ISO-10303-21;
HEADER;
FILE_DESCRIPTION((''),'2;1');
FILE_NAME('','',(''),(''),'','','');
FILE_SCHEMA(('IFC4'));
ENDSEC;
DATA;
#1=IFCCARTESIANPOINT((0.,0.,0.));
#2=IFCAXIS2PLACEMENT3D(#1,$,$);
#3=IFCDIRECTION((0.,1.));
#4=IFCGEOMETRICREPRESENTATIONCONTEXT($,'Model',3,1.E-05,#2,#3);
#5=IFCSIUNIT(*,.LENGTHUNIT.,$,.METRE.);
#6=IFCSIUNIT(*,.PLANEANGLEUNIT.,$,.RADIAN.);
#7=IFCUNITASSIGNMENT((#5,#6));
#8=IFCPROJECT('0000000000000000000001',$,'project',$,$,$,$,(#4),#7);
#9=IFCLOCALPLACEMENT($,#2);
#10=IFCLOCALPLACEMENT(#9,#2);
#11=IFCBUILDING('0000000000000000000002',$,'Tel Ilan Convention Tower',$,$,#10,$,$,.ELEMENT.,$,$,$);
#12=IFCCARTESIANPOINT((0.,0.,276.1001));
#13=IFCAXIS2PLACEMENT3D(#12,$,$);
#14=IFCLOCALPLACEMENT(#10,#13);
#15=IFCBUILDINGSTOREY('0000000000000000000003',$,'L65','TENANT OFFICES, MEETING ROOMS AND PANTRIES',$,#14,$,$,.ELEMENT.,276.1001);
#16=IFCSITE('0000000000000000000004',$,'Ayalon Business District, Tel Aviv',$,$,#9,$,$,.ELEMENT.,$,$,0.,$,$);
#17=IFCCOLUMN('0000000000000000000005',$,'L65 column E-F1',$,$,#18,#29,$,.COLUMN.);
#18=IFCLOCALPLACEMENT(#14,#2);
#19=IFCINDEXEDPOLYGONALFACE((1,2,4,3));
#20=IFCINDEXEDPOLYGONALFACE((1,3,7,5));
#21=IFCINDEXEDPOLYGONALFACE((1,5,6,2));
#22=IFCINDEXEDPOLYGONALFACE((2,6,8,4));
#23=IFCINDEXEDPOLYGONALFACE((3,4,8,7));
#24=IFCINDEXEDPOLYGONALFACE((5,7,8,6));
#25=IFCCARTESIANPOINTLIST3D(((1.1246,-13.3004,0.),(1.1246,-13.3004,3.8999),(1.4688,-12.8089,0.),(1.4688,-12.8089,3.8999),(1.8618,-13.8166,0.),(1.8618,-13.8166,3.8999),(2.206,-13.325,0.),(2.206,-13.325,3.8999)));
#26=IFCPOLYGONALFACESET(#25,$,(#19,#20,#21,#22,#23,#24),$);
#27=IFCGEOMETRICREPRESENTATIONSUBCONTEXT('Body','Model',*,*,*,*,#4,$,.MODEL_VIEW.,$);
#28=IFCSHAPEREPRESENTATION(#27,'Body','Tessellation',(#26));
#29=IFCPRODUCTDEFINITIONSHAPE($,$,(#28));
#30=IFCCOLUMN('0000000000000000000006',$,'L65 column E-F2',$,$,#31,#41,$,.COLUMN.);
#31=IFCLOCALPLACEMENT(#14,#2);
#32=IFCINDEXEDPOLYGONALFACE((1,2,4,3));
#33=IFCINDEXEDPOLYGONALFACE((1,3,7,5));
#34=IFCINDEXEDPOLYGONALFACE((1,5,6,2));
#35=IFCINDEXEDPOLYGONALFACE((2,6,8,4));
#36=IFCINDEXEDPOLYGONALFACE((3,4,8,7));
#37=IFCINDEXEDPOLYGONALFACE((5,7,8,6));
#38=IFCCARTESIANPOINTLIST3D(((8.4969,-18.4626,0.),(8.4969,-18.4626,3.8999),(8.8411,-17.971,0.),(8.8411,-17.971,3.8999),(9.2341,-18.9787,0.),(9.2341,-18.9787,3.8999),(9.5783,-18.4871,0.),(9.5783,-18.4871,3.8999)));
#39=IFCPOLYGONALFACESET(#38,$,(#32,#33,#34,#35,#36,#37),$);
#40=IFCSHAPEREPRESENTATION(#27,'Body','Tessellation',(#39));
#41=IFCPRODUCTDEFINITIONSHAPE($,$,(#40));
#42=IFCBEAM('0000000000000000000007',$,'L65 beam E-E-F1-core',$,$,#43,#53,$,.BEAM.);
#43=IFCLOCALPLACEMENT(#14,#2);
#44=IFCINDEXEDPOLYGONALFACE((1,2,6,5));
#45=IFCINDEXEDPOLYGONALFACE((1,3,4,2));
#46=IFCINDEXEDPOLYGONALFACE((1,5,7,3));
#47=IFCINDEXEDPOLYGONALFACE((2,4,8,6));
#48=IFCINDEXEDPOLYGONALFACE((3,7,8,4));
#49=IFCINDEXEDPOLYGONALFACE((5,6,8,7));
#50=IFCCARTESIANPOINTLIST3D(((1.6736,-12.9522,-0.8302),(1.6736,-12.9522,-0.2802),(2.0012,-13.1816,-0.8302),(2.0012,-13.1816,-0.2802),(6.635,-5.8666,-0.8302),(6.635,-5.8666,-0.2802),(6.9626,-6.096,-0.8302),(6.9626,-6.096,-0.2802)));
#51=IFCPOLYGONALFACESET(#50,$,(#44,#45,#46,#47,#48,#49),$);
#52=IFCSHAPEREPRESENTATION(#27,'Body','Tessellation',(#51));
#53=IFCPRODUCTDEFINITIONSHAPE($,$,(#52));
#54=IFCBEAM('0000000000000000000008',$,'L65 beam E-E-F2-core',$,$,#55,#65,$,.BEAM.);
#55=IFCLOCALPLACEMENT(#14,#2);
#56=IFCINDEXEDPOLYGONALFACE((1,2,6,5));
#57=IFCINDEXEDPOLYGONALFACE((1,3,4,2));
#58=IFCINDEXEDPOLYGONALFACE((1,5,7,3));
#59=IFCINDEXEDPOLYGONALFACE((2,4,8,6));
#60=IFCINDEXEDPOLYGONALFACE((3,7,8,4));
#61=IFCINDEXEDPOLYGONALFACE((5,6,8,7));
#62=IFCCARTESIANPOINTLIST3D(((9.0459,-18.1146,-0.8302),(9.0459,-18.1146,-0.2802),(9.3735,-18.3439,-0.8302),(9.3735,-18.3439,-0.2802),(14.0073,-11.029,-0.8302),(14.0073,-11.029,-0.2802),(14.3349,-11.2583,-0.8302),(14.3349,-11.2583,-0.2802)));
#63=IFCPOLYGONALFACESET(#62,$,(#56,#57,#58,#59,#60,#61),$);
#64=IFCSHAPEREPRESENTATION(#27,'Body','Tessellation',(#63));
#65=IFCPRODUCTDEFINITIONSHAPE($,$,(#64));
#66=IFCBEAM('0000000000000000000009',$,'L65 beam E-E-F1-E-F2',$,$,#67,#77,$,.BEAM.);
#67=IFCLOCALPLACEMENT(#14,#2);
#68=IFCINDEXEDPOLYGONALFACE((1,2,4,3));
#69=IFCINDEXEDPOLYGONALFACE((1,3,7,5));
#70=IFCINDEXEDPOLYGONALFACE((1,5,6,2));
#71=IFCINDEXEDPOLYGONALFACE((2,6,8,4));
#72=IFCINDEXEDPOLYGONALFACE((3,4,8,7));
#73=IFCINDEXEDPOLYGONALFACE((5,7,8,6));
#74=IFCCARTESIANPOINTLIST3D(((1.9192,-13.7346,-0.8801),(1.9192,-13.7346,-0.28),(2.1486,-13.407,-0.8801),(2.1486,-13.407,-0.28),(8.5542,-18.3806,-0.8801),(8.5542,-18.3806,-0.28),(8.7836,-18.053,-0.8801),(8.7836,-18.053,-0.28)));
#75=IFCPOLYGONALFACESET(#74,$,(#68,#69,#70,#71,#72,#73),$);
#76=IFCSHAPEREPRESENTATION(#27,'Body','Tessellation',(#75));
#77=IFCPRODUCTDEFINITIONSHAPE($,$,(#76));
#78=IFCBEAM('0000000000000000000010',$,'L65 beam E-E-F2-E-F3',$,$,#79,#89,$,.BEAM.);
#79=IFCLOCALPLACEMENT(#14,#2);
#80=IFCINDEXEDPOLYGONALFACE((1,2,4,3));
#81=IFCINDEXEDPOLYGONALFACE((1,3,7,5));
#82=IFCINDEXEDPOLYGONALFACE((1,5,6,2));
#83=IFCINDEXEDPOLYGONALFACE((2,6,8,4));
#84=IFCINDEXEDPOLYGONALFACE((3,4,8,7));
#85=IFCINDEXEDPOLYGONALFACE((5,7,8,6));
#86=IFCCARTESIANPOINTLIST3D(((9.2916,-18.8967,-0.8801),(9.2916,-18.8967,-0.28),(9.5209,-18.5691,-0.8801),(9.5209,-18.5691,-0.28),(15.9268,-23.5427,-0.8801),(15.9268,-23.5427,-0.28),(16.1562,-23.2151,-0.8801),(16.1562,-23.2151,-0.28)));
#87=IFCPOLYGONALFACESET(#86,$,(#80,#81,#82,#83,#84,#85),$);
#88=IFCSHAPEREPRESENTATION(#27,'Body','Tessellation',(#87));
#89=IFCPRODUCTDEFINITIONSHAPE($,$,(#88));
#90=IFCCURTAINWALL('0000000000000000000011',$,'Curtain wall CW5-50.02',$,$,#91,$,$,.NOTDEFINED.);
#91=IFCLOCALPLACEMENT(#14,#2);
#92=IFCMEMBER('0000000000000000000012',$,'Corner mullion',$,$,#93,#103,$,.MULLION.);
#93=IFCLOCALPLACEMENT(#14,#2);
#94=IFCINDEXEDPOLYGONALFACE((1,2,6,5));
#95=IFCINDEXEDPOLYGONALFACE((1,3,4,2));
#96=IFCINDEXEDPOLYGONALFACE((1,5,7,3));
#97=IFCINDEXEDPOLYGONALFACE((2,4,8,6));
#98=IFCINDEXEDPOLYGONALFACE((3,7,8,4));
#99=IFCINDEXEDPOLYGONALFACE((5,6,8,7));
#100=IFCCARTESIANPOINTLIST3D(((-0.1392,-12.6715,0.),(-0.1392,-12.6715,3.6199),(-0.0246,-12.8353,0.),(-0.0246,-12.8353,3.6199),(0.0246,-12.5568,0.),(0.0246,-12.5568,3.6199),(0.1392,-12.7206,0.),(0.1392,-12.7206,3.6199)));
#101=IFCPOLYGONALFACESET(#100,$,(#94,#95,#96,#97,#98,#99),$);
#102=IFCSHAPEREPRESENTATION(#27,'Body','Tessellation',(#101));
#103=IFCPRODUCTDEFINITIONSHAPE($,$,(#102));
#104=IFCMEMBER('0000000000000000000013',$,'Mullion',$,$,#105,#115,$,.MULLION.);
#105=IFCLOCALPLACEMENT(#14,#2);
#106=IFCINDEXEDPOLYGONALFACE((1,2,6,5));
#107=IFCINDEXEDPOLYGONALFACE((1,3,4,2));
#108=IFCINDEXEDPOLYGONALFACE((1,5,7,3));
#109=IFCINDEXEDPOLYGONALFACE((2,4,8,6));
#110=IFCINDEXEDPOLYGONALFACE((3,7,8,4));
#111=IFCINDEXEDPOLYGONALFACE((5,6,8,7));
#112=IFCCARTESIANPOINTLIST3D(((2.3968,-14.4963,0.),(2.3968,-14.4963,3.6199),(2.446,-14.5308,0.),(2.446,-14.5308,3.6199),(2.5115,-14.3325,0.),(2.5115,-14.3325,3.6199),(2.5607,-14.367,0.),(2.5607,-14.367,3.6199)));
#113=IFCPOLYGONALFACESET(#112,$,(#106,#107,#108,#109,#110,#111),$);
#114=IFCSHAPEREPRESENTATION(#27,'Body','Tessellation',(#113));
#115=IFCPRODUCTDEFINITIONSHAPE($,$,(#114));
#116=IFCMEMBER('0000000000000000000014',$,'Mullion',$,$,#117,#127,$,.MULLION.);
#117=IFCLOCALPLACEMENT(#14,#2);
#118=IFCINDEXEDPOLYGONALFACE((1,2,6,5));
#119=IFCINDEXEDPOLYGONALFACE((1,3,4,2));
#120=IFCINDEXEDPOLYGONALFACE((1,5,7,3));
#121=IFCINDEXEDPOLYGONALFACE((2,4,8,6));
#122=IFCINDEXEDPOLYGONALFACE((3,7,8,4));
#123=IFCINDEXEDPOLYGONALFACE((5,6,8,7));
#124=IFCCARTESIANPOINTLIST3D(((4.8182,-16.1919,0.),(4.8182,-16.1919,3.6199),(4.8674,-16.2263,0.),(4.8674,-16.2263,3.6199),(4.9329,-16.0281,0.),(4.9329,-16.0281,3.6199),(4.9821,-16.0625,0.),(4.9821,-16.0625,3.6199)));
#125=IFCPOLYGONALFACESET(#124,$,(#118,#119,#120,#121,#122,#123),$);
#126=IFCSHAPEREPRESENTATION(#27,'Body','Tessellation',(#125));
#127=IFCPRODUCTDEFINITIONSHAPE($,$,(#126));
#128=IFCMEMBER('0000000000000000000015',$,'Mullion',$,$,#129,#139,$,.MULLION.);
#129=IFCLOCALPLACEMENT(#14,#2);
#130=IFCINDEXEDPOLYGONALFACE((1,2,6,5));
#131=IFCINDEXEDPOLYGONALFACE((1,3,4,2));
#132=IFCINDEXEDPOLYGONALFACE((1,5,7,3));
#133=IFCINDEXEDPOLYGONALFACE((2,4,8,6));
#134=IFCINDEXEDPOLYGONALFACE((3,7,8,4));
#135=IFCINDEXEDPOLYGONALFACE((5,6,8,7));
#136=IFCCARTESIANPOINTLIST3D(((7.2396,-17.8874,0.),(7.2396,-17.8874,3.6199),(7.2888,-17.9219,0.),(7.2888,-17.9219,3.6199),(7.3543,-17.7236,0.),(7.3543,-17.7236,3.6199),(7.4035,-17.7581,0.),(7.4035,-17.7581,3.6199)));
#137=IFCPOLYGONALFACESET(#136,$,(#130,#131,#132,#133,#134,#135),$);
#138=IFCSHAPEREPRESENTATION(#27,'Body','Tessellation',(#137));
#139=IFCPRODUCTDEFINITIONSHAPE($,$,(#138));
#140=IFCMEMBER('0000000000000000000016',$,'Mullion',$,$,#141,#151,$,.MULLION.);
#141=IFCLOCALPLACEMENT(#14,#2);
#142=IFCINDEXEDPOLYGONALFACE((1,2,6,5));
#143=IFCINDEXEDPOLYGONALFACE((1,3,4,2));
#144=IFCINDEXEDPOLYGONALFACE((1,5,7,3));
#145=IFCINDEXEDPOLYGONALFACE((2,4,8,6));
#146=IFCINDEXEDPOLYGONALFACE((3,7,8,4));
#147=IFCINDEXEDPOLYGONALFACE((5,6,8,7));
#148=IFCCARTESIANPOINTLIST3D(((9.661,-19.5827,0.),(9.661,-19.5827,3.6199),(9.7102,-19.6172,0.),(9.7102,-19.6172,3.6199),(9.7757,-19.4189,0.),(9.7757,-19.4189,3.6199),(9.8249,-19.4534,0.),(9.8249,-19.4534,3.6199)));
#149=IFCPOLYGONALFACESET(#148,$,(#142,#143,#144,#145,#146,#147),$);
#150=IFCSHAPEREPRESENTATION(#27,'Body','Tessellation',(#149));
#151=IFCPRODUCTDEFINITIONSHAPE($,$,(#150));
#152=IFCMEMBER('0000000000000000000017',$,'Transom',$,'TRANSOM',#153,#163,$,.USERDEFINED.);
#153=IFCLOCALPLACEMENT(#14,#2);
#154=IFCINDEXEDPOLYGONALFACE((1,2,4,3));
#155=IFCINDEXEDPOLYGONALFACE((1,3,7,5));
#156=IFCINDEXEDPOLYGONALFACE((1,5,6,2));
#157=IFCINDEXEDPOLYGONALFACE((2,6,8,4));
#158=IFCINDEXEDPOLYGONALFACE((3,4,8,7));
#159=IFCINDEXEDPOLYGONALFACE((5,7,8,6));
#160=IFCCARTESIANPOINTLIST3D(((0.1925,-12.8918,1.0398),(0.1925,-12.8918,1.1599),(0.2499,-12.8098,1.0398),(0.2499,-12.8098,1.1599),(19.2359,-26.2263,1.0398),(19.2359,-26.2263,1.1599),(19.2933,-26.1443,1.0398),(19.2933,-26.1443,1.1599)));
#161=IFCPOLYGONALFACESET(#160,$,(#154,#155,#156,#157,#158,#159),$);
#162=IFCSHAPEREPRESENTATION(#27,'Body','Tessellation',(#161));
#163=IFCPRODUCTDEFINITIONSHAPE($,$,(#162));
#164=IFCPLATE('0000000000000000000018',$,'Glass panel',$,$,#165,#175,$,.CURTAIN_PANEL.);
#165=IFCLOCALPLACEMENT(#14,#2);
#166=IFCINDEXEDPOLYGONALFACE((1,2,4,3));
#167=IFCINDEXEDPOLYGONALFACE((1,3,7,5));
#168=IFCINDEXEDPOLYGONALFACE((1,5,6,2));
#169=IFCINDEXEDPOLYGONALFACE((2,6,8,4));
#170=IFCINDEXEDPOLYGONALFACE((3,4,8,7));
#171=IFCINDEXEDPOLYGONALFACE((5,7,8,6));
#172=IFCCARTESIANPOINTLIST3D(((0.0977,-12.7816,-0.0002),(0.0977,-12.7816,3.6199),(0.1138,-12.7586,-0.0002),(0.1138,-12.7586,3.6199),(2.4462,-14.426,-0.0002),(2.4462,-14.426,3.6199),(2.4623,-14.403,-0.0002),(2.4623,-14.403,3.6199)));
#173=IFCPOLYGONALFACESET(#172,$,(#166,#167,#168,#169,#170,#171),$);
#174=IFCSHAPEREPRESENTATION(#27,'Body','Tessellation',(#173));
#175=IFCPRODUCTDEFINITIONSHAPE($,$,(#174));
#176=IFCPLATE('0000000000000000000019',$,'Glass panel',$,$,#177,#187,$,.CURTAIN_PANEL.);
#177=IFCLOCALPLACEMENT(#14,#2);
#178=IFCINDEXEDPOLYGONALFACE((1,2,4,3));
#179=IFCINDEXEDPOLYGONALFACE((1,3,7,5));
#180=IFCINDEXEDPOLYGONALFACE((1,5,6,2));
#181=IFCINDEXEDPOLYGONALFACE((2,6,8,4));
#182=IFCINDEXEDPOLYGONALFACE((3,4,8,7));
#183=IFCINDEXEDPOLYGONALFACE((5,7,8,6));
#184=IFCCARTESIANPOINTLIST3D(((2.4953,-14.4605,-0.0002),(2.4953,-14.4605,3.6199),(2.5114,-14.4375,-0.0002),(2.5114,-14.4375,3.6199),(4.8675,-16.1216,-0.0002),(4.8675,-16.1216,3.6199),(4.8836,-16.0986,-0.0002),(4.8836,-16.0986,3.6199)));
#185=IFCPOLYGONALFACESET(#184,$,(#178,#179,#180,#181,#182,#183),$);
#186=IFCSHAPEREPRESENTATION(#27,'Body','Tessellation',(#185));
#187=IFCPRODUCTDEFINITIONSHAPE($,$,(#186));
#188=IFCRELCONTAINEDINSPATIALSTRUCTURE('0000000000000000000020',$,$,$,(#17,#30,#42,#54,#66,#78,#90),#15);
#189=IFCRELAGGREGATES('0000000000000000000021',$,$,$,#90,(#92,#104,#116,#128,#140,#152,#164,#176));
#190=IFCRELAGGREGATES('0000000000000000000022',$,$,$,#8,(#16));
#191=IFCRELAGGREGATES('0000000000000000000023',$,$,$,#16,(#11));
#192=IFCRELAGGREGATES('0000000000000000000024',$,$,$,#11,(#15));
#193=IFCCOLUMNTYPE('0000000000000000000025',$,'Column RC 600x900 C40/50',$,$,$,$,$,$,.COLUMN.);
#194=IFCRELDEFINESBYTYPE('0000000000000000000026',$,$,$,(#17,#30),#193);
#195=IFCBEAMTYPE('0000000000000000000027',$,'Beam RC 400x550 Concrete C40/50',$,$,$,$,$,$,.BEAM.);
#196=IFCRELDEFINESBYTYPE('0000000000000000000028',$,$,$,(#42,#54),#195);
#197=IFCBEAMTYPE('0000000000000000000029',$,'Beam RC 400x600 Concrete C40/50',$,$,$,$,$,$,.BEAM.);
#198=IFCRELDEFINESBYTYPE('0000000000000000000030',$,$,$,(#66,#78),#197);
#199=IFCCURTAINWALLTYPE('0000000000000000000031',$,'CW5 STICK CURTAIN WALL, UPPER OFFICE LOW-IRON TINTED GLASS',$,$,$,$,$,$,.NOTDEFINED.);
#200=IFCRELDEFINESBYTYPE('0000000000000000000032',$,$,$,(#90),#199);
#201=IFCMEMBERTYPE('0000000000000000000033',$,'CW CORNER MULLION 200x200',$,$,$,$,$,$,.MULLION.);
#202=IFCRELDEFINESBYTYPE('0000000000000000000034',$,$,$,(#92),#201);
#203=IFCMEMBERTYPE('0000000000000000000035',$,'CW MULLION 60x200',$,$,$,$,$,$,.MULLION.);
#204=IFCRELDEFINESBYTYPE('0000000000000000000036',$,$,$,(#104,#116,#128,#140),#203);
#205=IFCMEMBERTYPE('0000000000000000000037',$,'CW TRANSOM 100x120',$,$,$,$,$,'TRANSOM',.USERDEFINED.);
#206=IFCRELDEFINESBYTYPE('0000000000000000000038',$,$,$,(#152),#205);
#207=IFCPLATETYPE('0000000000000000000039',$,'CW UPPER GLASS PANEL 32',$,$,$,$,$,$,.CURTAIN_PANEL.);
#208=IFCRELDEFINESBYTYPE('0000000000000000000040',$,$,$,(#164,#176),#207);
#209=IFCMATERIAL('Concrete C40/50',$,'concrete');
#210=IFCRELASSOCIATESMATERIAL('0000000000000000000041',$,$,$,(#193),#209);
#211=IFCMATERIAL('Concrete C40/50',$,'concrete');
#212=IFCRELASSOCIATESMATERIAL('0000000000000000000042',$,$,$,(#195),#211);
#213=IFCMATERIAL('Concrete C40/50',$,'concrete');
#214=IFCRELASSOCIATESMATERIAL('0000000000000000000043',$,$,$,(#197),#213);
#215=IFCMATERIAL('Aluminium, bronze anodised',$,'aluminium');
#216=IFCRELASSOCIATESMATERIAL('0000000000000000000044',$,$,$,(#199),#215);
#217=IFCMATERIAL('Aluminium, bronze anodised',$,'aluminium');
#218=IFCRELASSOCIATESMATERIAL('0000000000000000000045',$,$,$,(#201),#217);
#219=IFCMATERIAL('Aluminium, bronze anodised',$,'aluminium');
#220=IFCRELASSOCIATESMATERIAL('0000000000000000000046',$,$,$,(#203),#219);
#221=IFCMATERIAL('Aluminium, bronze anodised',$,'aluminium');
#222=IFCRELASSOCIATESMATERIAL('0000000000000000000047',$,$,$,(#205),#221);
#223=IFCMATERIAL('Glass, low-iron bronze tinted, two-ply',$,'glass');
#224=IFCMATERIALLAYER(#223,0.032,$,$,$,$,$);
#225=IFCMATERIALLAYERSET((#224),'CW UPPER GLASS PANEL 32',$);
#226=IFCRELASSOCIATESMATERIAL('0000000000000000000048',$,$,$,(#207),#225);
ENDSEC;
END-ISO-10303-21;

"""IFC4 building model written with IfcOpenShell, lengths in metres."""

from ifc_helpers import new_model, si_unit, direction, frame, origin, origin_2d, place, context, subcontext, project, spatial, rectangle, extrude, material, layer, layer_set, material_profile, profile_set, type_object, element, aggregate, save


model = new_model("IFC4")

# Units and contexts
model_context = context("Model", 3, precision=1e-05, world=origin(), true_north=direction((0.0, 1.0)))
body_context = subcontext(model_context, "Body", "Model", "MODEL_VIEW")
ifc_project = project(units=[si_unit("LENGTHUNIT", "METRE"), si_unit("PLANEANGLEUNIT", "RADIAN")], contexts=[model_context])

# Site, building, storey
site_placement = place(None, origin())
site = spatial("IfcSite", under=ifc_project, at=site_placement, Name="Ayalon Business District, Tel Aviv", CompositionType="ELEMENT", RefElevation=0.0)
building_placement = place(site_placement, origin())
building = spatial("IfcBuilding", under=site, at=building_placement, Name="Tel Ilan Convention Tower", CompositionType="ELEMENT")
storey_placement = place(building_placement, frame((0.0, 0.0, 276.1001)))
storey = spatial("IfcBuildingStorey", under=building, at=storey_placement, Name="L65", Description="TENANT OFFICES, MEETING ROOMS AND PANTRIES", CompositionType="ELEMENT", Elevation=276.1001)

# Columns
ifc_material_1 = material(Name="Concrete C40/50", Category="concrete")
ifc_material_profile_1 = material_profile(ifc_material_1, rectangle(XDim=0.8999, YDim=0.6001, at=origin_2d()), Name="RC 600x900")
ifc_profile_set_1 = profile_set([ifc_material_profile_1], Name="Concrete C40/50")
column_type = type_object("IfcColumnType", Name="Column RC 600x900 C40/50", PredefinedType="COLUMN", material=ifc_profile_set_1)
for number, where, z_axis, x_axis, name in (
    (1, (1.6653, -13.3127, 0.0), (0.0, 0.0, 1.0), (0.819152, -0.573576, 0.0), "L65 column E-F1"),
    (2, (9.0376, -18.4749, 0.0), (0.0, 0.0, 1.0), (0.819152, -0.573576, 0.0), "L65 column E-F2"),
):
    element("IfcColumn", number, at=place(storey_placement, frame(where, z_axis=z_axis, x_axis=x_axis)), inside=storey, type_object=column_type, Name=name, PredefinedType="COLUMN", context=body_context, shape_type="SweptSolid", body=[
        extrude(rectangle(XDim=0.8999, YDim=0.6001, at=origin_2d()), origin(), (0.0, 0.0, 1.0), 3.8999),
    ])

# Beams
ifc_material_2 = material(Name="Concrete C40/50", Category="concrete")
ifc_material_profile_2 = material_profile(ifc_material_2, rectangle(XDim=0.3999, YDim=0.55, at=origin_2d()), Name="RC 400x550")
ifc_profile_set_2 = profile_set([ifc_material_profile_2], Name="Concrete C40/50")
beam_type_1 = type_object("IfcBeamType", Name="Beam RC 400x550 Concrete C40/50", PredefinedType="BEAM", material=ifc_profile_set_2)
for number, where, z_axis, x_axis, name in (
    (3, (1.8374, -13.0669, -0.5552), (0.573574, 0.819154, 0.0), (-0.819154, 0.573574, 0.0), "L65 beam E-E-F1-core"),
    (4, (9.2097, -18.2292, -0.5552), (0.573574, 0.819154, 0.0), (-0.819154, 0.573574, 0.0), "L65 beam E-E-F2-core"),
):
    element("IfcBeam", number, at=place(storey_placement, frame(where, z_axis=z_axis, x_axis=x_axis)), inside=storey, type_object=beam_type_1, Name=name, PredefinedType="BEAM", context=body_context, shape_type="SweptSolid", body=[
        extrude(rectangle(XDim=0.3999, YDim=0.55, at=origin_2d()), origin(), (0.0, 0.0, 1.0), 8.6499),
    ])
ifc_material_3 = material(Name="Concrete C40/50", Category="concrete")
ifc_material_profile_3 = material_profile(ifc_material_3, rectangle(XDim=0.3999, YDim=0.6001, at=origin_2d()), Name="RC 400x600")
ifc_profile_set_3 = profile_set([ifc_material_profile_3], Name="Concrete C40/50")
beam_type_2 = type_object("IfcBeamType", Name="Beam RC 400x600 Concrete C40/50", PredefinedType="BEAM", material=ifc_profile_set_3)
beam_1_placement = place(storey_placement, frame((2.0339, -13.5708, -0.5801), z_axis=(0.819146, -0.573586, 0.0), x_axis=(0.573586, 0.819146, 0.0)))
element("IfcBeam", 5, at=beam_1_placement, inside=storey, type_object=beam_type_2, Name="L65 beam E-E-F1-E-F2", PredefinedType="BEAM", context=body_context, shape_type="SweptSolid", body=[
    extrude(rectangle(XDim=0.3999, YDim=0.6001, at=origin_2d()), origin(), (0.0, 0.0, 1.0), 8.0999),
])
beam_2_placement = place(storey_placement, frame((9.4062, -18.7329, -0.5801), z_axis=(0.819155, -0.573572, 0.0), x_axis=(0.573572, 0.819155, 0.0)))
element("IfcBeam", 6, at=beam_2_placement, inside=storey, type_object=beam_type_2, Name="L65 beam E-E-F2-E-F3", PredefinedType="BEAM", context=body_context, shape_type="SweptSolid", body=[
    extrude(rectangle(XDim=0.3999, YDim=0.6001, at=origin_2d()), origin(), (0.0, 0.0, 1.0), 8.1001),
])

# Curtain wall, members, plates
ifc_material_4 = material(Name="Aluminium, bronze anodised", Category="aluminium")
curtain_wall_type = type_object("IfcCurtainWallType", Name="CW5 STICK CURTAIN WALL, UPPER OFFICE LOW-IRON TINTED GLASS", PredefinedType="NOTDEFINED", material=ifc_material_4)
curtain_wall_placement = place(storey_placement, origin())
curtain_wall = element("IfcCurtainWall", 7, at=curtain_wall_placement, inside=storey, type_object=curtain_wall_type, Name="Curtain wall CW5-50.02", PredefinedType="NOTDEFINED")
ifc_material_5 = material(Name="Aluminium, bronze anodised", Category="aluminium")
ifc_material_profile_4 = material_profile(ifc_material_5, rectangle(XDim=0.2, YDim=0.2, at=origin_2d()), Name="CW CORNER MULLION 200x200")
ifc_profile_set_4 = profile_set([ifc_material_profile_4], Name="Aluminium, bronze anodised")
member_type_1 = type_object("IfcMemberType", Name="CW CORNER MULLION 200x200", PredefinedType="MULLION", material=ifc_profile_set_4)
member_1_placement = place(storey_placement, frame((0.0, -12.696, 0.0), z_axis=(0.0, 0.0, 1.0), x_axis=(0.819152, 0.573576, 0.0)))
member_1 = element("IfcMember", 8, at=member_1_placement, type_object=member_type_1, Name="Corner mullion", PredefinedType="MULLION", context=body_context, shape_type="SweptSolid", body=[
    extrude(rectangle(XDim=0.2, YDim=0.2, at=origin_2d()), origin(), (0.0, 0.0, 1.0), 3.6199),
])
ifc_material_6 = material(Name="Aluminium, bronze anodised", Category="aluminium")
ifc_material_profile_5 = material_profile(ifc_material_6, rectangle(XDim=0.0601, YDim=0.2, at=origin_2d()), Name="CW MULLION 60x200")
ifc_profile_set_5 = profile_set([ifc_material_profile_5], Name="Aluminium, bronze anodised")
member_type_2 = type_object("IfcMemberType", Name="CW MULLION 60x200", PredefinedType="MULLION", material=ifc_profile_set_5)
member_2_placement = place(storey_placement, frame((2.4788, -14.4316, 0.0), z_axis=(0.0, 0.0, 1.0), x_axis=(0.819152, -0.573576, 0.0)))
member_2 = element("IfcMember", 9, at=member_2_placement, type_object=member_type_2, Name="Mullion", PredefinedType="MULLION", context=body_context, shape_type="SweptSolid", body=[
    extrude(rectangle(XDim=0.0601, YDim=0.2, at=origin_2d()), origin(), (0.0, 0.0, 1.0), 3.6199),
])
member_3_placement = place(storey_placement, frame((4.9001, -16.1272, 0.0), z_axis=(0.0, 0.0, 1.0), x_axis=(0.819152, -0.573576, 0.0)))
member_3 = element("IfcMember", 10, at=member_3_placement, type_object=member_type_2, Name="Mullion", PredefinedType="MULLION", context=body_context, shape_type="SweptSolid", body=[
    extrude(rectangle(XDim=0.0601, YDim=0.2, at=origin_2d()), origin(), (0.0, 0.0, 1.0), 3.6199),
])
member_4_placement = place(storey_placement, frame((7.3215, -17.8228, 0.0), z_axis=(0.0, 0.0, 1.0), x_axis=(0.819152, -0.573576, 0.0)))
member_4 = element("IfcMember", 11, at=member_4_placement, type_object=member_type_2, Name="Mullion", PredefinedType="MULLION", context=body_context, shape_type="SweptSolid", body=[
    extrude(rectangle(XDim=0.0601, YDim=0.2, at=origin_2d()), origin(), (0.0, 0.0, 1.0), 3.6199),
])
member_5_placement = place(storey_placement, frame((9.7429, -19.5181, 0.0), z_axis=(0.0, 0.0, 1.0), x_axis=(0.819152, -0.573576, 0.0)))
member_5 = element("IfcMember", 12, at=member_5_placement, type_object=member_type_2, Name="Mullion", PredefinedType="MULLION", context=body_context, shape_type="SweptSolid", body=[
    extrude(rectangle(XDim=0.0601, YDim=0.2, at=origin_2d()), origin(), (0.0, 0.0, 1.0), 3.6199),
])
ifc_material_7 = material(Name="Aluminium, bronze anodised", Category="aluminium")
ifc_material_profile_6 = material_profile(ifc_material_7, rectangle(XDim=0.1001, YDim=0.1201, at=origin_2d()), Name="CW TRANSOM 100x120")
ifc_profile_set_6 = profile_set([ifc_material_profile_6], Name="Aluminium, bronze anodised")
member_type_3 = type_object("IfcMemberType", Name="CW TRANSOM 100x120", ElementType="TRANSOM", PredefinedType="USERDEFINED", material=ifc_profile_set_6)
member_6_placement = place(storey_placement, frame((0.2212, -12.8508, 1.0999), z_axis=(0.81915, -0.573579, 0.0), x_axis=(0.573579, 0.81915, 0.0)))
member_6 = element("IfcMember", 13, at=member_6_placement, type_object=member_type_3, Name="Transom", ObjectType="TRANSOM", PredefinedType="USERDEFINED", context=body_context, shape_type="SweptSolid", body=[
    extrude(rectangle(XDim=0.1001, YDim=0.1201, at=origin_2d()), origin(), (0.0, 0.0, 1.0), 23.2478),
])
ifc_material_8 = material(Name="Glass, low-iron bronze tinted, two-ply", Category="glass")
ifc_layer_1 = layer(ifc_material_8, 0.032)
ifc_layer_set_1 = layer_set([ifc_layer_1], Name="CW UPPER GLASS PANEL 32")
plate_type = type_object("IfcPlateType", Name="CW UPPER GLASS PANEL 32", PredefinedType="CURTAIN_PANEL", material=ifc_layer_set_1)
plate_1_placement = place(storey_placement, frame((1.28, -13.5923, -0.0002), z_axis=(0.0, 0.0, 1.0), x_axis=(0.819152, -0.573576, 0.0)))
plate_1 = element("IfcPlate", 14, at=plate_1_placement, type_object=plate_type, Name="Glass panel", PredefinedType="CURTAIN_PANEL", context=body_context, shape_type="SweptSolid", body=[
    extrude(rectangle(XDim=2.8669, YDim=0.0281, at=origin_2d()), origin(), (0.0, 0.0, 1.0), 3.6201),
])
plate_2_placement = place(storey_placement, frame((3.6895, -15.2795, -0.0002), z_axis=(0.0, 0.0, 1.0), x_axis=(0.819152, -0.573576, 0.0)))
plate_2 = element("IfcPlate", 15, at=plate_2_placement, type_object=plate_type, Name="Glass panel", PredefinedType="CURTAIN_PANEL", context=body_context, shape_type="SweptSolid", body=[
    extrude(rectangle(XDim=2.896, YDim=0.0281, at=origin_2d()), origin(), (0.0, 0.0, 1.0), 3.6201),
])
aggregate(curtain_wall, [member_1, member_2, member_3, member_4, member_5, member_6, plate_1, plate_2])

save(model, "model.ifc")
